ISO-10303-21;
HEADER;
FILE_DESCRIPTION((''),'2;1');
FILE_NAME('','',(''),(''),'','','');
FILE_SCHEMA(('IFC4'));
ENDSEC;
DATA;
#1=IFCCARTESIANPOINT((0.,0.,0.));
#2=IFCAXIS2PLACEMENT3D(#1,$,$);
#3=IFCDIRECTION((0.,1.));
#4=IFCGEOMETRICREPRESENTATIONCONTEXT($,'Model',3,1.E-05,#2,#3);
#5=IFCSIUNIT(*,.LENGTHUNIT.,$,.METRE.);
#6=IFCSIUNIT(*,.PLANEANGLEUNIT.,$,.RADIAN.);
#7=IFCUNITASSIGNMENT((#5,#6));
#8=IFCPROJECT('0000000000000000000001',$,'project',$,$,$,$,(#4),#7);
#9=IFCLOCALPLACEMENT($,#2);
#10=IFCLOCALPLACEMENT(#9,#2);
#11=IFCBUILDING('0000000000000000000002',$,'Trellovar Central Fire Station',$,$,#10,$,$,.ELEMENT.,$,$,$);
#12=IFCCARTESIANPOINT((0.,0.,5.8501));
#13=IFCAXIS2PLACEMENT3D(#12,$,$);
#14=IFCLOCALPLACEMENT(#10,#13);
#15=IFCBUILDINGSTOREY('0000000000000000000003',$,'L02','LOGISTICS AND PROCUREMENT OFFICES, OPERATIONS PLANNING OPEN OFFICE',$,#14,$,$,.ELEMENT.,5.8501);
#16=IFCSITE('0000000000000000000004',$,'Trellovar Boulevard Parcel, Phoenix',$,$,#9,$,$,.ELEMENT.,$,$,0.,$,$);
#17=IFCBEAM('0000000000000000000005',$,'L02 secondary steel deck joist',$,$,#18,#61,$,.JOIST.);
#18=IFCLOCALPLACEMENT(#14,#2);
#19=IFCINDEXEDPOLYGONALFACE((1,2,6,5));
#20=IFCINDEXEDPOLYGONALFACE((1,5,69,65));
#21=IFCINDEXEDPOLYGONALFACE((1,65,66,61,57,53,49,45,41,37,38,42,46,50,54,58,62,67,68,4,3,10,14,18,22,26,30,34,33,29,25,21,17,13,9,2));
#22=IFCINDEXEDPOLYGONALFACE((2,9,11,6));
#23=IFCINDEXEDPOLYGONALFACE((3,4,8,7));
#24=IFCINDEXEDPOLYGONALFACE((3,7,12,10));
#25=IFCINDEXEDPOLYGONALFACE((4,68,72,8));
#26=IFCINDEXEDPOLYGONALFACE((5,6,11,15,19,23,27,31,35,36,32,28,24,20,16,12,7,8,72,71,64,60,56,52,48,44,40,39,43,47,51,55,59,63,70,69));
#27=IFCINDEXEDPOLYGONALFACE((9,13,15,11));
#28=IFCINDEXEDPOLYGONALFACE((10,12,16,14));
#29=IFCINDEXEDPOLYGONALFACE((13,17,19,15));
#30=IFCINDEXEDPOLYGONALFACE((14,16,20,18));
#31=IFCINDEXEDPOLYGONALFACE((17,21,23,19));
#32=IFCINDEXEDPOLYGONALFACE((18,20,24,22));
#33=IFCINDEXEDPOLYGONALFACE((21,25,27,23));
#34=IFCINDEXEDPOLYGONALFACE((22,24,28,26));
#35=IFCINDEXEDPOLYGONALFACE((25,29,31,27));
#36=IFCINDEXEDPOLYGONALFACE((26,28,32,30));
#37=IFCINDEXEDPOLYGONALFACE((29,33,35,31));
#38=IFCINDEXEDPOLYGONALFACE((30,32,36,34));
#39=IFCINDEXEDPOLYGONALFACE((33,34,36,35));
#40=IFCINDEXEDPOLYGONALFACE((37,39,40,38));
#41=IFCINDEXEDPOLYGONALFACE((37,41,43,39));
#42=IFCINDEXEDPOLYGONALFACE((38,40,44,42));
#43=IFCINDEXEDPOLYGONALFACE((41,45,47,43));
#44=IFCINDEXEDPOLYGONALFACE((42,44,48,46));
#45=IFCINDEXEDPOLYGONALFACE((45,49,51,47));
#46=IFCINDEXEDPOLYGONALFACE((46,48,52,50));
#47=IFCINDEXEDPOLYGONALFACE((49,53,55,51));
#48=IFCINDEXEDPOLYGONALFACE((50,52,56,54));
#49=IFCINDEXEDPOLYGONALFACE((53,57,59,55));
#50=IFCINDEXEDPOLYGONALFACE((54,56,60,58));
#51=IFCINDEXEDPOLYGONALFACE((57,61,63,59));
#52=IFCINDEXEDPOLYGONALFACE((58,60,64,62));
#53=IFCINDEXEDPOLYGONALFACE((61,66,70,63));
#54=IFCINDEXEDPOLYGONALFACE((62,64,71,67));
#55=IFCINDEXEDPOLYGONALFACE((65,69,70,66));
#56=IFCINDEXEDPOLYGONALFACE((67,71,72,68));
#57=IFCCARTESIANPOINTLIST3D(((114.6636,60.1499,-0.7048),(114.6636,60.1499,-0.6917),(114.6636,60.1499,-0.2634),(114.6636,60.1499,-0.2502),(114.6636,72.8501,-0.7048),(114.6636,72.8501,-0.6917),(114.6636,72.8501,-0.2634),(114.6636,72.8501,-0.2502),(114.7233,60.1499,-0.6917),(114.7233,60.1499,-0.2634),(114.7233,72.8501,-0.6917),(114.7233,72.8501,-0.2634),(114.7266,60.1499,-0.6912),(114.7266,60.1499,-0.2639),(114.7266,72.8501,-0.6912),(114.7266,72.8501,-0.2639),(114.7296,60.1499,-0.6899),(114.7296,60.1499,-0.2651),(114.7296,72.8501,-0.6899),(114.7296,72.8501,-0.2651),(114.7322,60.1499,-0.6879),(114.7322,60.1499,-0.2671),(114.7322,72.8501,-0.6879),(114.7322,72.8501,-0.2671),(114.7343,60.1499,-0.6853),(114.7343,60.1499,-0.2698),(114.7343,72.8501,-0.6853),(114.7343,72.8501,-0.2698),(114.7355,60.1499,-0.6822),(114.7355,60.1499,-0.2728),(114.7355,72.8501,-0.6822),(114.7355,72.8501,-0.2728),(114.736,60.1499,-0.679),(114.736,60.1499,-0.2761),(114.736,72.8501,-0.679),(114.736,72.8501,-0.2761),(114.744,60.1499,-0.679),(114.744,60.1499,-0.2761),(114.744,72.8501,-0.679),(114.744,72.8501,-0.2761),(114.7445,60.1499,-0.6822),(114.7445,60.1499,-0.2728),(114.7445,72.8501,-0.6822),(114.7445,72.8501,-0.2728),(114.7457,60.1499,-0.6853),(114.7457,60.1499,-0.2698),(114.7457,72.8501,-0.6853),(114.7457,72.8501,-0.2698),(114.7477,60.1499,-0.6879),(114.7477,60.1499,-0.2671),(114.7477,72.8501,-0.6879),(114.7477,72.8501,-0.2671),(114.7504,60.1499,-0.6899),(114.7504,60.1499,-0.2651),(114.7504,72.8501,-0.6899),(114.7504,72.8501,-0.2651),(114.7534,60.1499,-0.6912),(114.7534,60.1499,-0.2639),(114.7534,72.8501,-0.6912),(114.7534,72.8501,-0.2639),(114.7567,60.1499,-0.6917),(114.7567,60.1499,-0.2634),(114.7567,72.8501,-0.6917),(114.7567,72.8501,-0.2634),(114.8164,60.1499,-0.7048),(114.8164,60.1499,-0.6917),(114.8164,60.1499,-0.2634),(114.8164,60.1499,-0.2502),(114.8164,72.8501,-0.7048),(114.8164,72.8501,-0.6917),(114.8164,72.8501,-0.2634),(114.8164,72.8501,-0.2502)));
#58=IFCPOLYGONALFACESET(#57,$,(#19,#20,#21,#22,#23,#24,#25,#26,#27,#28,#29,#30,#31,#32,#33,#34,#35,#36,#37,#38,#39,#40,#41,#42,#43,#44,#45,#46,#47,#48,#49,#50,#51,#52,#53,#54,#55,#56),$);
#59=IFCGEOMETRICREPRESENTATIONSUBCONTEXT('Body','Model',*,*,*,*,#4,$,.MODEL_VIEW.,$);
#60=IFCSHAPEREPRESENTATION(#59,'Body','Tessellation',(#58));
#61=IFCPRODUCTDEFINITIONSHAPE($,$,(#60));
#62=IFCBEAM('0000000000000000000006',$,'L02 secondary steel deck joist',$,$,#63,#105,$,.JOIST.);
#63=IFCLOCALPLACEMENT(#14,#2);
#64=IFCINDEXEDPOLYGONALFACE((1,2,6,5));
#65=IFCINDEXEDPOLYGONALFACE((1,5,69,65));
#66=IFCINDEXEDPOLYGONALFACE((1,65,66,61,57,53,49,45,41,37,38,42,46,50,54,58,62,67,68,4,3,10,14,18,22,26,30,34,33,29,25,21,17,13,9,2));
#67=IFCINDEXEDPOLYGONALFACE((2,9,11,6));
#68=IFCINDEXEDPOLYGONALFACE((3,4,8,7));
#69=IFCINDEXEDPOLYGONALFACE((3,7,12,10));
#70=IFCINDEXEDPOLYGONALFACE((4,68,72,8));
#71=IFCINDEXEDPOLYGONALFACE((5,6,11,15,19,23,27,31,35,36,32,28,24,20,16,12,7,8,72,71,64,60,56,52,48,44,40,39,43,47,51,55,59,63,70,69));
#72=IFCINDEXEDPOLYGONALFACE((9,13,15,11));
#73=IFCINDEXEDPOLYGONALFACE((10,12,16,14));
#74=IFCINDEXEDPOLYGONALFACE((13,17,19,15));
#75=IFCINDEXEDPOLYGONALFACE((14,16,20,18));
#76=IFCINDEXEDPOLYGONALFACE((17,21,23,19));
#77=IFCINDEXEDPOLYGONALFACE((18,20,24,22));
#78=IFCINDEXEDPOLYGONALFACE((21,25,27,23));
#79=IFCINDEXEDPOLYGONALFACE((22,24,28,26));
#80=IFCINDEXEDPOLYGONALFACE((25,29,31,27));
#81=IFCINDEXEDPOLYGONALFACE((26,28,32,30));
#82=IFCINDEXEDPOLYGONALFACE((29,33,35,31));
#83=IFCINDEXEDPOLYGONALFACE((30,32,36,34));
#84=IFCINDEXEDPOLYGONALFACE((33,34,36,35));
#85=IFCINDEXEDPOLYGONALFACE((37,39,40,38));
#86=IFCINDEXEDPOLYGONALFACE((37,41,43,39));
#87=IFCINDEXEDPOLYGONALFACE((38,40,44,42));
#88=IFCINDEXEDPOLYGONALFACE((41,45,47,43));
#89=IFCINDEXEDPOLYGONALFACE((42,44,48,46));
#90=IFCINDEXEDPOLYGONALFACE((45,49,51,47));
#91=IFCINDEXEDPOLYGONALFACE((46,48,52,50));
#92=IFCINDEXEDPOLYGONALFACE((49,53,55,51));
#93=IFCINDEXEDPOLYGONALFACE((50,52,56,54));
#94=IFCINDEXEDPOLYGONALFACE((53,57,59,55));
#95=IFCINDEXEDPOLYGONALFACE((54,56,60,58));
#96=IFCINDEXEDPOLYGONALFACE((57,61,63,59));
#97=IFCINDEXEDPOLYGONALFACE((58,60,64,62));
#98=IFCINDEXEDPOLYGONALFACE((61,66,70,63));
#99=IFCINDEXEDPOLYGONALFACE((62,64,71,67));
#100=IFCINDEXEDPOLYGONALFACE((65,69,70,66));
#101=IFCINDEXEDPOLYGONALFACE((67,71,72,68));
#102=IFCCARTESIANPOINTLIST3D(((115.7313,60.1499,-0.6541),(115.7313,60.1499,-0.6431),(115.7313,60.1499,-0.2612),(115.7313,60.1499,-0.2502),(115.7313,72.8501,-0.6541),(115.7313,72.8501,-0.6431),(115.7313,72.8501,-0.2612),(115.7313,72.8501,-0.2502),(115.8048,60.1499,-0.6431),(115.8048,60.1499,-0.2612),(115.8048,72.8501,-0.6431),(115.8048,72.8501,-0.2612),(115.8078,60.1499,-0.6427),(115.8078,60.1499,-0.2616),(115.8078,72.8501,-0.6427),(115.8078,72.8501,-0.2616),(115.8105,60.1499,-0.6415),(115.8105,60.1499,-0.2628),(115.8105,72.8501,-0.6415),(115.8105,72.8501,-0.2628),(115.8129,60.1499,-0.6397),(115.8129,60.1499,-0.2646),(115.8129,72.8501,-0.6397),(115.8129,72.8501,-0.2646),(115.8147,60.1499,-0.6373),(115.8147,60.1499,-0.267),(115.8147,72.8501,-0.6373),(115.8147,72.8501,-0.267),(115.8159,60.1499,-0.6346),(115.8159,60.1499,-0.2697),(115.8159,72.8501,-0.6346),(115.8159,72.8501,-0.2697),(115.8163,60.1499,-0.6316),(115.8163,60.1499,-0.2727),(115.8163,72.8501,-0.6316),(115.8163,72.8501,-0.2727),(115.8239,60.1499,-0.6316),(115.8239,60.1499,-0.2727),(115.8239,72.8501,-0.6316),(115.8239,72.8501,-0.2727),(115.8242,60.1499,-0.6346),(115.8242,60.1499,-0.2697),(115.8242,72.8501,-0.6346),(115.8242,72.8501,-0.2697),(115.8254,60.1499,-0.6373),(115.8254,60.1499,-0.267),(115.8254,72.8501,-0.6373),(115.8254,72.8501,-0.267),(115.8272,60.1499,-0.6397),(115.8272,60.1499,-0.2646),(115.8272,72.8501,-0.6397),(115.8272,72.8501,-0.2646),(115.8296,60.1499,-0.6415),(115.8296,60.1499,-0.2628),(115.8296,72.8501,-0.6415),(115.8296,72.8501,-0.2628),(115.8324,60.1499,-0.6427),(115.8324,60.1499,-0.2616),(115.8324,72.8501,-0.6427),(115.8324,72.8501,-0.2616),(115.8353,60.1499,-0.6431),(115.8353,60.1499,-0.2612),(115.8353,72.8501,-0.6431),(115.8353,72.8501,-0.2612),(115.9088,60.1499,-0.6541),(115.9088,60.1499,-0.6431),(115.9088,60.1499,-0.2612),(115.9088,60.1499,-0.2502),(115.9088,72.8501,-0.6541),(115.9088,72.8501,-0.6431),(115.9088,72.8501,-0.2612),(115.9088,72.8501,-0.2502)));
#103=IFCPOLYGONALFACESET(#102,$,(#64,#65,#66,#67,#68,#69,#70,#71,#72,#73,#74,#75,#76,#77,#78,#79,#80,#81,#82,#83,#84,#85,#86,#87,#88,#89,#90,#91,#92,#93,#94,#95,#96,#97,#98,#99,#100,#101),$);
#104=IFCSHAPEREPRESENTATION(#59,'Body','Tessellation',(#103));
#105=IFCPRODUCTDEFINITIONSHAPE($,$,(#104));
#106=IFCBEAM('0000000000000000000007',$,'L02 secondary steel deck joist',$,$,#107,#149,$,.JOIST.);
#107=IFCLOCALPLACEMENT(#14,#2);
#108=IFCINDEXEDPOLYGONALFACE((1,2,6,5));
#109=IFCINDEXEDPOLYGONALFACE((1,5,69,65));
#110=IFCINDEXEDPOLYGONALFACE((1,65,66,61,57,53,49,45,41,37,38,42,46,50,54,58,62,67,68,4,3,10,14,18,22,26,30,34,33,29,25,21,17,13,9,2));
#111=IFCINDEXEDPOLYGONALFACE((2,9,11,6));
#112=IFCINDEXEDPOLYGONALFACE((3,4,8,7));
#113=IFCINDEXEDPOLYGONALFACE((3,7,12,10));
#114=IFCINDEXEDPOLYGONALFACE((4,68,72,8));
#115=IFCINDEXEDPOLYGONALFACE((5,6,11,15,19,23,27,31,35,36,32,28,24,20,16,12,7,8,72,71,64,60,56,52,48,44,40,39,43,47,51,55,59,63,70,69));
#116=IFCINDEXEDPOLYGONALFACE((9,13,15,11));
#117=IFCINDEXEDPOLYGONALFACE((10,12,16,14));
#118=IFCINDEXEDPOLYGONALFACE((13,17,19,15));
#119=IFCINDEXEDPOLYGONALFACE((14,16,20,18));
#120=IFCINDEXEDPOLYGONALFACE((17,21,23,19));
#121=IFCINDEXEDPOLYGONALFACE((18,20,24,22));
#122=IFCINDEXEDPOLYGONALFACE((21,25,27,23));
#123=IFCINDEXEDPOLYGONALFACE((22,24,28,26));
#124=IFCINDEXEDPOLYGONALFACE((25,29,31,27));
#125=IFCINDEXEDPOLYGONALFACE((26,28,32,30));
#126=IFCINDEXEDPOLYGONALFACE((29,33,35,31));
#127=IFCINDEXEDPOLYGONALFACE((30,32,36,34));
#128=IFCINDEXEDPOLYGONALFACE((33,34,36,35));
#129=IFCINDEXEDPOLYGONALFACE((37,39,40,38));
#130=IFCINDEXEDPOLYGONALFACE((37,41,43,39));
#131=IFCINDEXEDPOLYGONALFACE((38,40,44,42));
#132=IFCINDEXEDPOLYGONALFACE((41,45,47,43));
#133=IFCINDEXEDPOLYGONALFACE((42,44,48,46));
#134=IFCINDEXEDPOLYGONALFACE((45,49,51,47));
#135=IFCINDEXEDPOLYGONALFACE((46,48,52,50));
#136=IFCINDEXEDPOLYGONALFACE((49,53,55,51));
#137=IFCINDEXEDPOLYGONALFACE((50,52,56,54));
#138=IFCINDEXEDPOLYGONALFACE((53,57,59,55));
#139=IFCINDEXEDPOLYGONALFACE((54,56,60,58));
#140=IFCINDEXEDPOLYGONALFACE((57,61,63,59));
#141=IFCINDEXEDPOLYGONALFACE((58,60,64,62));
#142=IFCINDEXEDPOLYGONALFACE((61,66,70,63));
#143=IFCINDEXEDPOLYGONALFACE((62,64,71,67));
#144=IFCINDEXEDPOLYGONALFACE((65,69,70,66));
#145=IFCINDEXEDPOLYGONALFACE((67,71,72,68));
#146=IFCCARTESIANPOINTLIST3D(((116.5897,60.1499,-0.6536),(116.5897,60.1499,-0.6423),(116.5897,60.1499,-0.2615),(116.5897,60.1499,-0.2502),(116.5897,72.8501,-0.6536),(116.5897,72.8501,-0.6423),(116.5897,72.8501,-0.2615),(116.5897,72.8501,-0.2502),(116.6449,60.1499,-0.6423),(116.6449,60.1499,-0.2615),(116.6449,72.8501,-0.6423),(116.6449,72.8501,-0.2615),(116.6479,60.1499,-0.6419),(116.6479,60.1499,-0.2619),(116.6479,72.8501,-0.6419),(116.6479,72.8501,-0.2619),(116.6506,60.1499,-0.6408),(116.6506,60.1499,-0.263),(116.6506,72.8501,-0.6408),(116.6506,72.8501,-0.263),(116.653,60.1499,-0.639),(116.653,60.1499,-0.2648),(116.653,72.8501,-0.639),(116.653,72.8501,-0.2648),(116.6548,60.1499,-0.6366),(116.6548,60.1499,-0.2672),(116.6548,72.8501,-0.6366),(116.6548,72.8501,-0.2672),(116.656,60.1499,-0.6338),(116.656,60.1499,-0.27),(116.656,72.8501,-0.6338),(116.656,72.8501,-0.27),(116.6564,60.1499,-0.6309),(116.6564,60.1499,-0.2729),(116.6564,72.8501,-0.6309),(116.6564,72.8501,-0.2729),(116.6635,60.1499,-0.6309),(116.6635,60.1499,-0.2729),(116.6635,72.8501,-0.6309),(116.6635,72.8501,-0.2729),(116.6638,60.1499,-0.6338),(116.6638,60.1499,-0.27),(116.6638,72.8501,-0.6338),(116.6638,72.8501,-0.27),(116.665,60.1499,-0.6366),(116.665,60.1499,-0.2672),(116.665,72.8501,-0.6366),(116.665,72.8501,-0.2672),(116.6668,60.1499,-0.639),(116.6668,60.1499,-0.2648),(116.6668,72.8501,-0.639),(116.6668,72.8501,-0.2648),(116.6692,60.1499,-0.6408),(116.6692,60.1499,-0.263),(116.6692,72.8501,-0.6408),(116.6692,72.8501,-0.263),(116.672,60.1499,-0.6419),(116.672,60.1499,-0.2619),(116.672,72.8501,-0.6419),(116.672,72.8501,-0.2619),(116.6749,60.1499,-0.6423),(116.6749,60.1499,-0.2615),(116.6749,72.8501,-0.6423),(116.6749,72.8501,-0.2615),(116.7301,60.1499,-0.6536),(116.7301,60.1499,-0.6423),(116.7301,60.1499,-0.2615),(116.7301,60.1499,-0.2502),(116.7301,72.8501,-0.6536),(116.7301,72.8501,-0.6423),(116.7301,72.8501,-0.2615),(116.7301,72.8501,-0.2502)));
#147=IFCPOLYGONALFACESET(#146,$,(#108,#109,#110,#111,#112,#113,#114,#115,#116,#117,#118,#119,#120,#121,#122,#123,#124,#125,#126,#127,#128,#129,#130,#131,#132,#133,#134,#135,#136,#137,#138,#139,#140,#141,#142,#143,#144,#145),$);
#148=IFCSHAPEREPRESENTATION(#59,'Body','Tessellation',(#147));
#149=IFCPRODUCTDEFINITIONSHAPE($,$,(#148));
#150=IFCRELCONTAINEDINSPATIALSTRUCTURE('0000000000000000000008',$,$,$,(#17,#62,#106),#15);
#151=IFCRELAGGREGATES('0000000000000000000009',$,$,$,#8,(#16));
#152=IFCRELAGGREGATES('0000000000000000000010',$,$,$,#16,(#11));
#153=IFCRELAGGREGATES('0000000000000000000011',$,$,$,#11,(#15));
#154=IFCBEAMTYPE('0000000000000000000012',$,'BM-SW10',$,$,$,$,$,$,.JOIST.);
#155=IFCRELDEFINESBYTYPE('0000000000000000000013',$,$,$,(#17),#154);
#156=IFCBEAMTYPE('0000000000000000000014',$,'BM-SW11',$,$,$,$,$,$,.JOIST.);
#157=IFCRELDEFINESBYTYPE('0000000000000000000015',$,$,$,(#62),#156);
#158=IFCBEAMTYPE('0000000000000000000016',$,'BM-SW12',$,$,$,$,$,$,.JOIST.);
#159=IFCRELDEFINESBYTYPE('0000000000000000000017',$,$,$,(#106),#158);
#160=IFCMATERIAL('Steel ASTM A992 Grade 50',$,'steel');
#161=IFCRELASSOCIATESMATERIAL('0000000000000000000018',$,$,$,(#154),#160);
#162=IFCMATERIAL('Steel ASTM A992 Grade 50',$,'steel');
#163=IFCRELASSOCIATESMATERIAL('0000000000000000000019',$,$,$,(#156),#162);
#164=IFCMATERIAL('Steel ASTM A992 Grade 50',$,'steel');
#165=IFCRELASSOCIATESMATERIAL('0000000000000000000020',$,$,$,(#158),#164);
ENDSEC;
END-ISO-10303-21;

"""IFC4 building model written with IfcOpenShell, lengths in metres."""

from ifc_helpers import new_model, si_unit, direction, frame, origin, origin_2d, place, context, subcontext, project, spatial, i_section, extrude, material, material_profile, profile_set, type_object, element, save


model = new_model("IFC4")

# Units and contexts
model_context = context("Model", 3, precision=1e-05, world=origin(), true_north=direction((0.0, 1.0)))
body_context = subcontext(model_context, "Body", "Model", "MODEL_VIEW")
ifc_project = project(units=[si_unit("LENGTHUNIT", "METRE"), si_unit("PLANEANGLEUNIT", "RADIAN")], contexts=[model_context])

# Site, building, storey
site_placement = place(None, origin())
site = spatial("IfcSite", under=ifc_project, at=site_placement, Name="Trellovar Boulevard Parcel, Phoenix", CompositionType="ELEMENT", RefElevation=0.0)
building_placement = place(site_placement, origin())
building = spatial("IfcBuilding", under=site, at=building_placement, Name="Trellovar Central Fire Station", CompositionType="ELEMENT")
storey_placement = place(building_placement, frame((0.0, 0.0, 5.8501)))
storey = spatial("IfcBuildingStorey", under=building, at=storey_placement, Name="L02", Description="LOGISTICS AND PROCUREMENT OFFICES, OPERATIONS PLANNING OPEN OFFICE", CompositionType="ELEMENT", Elevation=5.8501)

# Beams
ifc_material_1 = material(Name="Steel ASTM A992 Grade 50", Category="steel")
ifc_material_profile_1 = material_profile(ifc_material_1, i_section(OverallWidth=0.1528, OverallDepth=0.4546, WebThickness=0.0081, FlangeThickness=0.0132, FilletRadius=0.0127, at=origin_2d()), Name="W18X40")
ifc_profile_set_1 = profile_set([ifc_material_profile_1], Name="Steel ASTM A992 Grade 50")
beam_type_1 = type_object("IfcBeamType", Name="BM-SW10", PredefinedType="JOIST", material=ifc_profile_set_1)
beam_1_placement = place(storey_placement, frame((114.74, 60.1499, -0.4775), z_axis=(0.0, 1.0, 0.0), x_axis=(-1.0, 0.0, 0.0)))
element("IfcBeam", 1, at=beam_1_placement, inside=storey, type_object=beam_type_1, Name="L02 secondary steel deck joist", PredefinedType="JOIST", context=body_context, shape_type="SweptSolid", body=[
    extrude(i_section(OverallWidth=0.1528, OverallDepth=0.4546, WebThickness=0.0081, FlangeThickness=0.0132, FilletRadius=0.0127, at=origin_2d()), origin(), (0.0, 0.0, 1.0), 12.7002),
])
ifc_material_2 = material(Name="Steel ASTM A992 Grade 50", Category="steel")
ifc_material_profile_2 = material_profile(ifc_material_2, i_section(OverallWidth=0.1775, OverallDepth=0.4038, WebThickness=0.0076, FlangeThickness=0.011, FilletRadius=0.0115, at=origin_2d()), Name="W16X36")
ifc_profile_set_2 = profile_set([ifc_material_profile_2], Name="Steel ASTM A992 Grade 50")
beam_type_2 = type_object("IfcBeamType", Name="BM-SW11", PredefinedType="JOIST", material=ifc_profile_set_2)
beam_2_placement = place(storey_placement, frame((115.8201, 60.1499, -0.4521), z_axis=(0.0, 1.0, 0.0), x_axis=(-1.0, 0.0, 0.0)))
element("IfcBeam", 2, at=beam_2_placement, inside=storey, type_object=beam_type_2, Name="L02 secondary steel deck joist", PredefinedType="JOIST", context=body_context, shape_type="SweptSolid", body=[
    extrude(i_section(OverallWidth=0.1775, OverallDepth=0.4038, WebThickness=0.0076, FlangeThickness=0.011, FilletRadius=0.0115, at=origin_2d()), origin(), (0.0, 0.0, 1.0), 12.7002),
])
ifc_material_3 = material(Name="Steel ASTM A992 Grade 50", Category="steel")
ifc_material_profile_3 = material_profile(ifc_material_3, i_section(OverallWidth=0.1404, OverallDepth=0.4033, WebThickness=0.0071, FlangeThickness=0.0112, FilletRadius=0.0115, at=origin_2d()), Name="W16X31")
ifc_profile_set_3 = profile_set([ifc_material_profile_3], Name="Steel ASTM A992 Grade 50")
beam_type_3 = type_object("IfcBeamType", Name="BM-SW12", PredefinedType="JOIST", material=ifc_profile_set_3)
beam_3_placement = place(storey_placement, frame((116.6599, 60.1499, -0.4519), z_axis=(0.0, 1.0, 0.0), x_axis=(-1.0, 0.0, 0.0)))
element("IfcBeam", 3, at=beam_3_placement, inside=storey, type_object=beam_type_3, Name="L02 secondary steel deck joist", PredefinedType="JOIST", context=body_context, shape_type="SweptSolid", body=[
    extrude(i_section(OverallWidth=0.1404, OverallDepth=0.4033, WebThickness=0.0071, FlangeThickness=0.0112, FilletRadius=0.0115, at=origin_2d()), origin(), (0.0, 0.0, 1.0), 12.7002),
])

save(model, "model.ifc")
